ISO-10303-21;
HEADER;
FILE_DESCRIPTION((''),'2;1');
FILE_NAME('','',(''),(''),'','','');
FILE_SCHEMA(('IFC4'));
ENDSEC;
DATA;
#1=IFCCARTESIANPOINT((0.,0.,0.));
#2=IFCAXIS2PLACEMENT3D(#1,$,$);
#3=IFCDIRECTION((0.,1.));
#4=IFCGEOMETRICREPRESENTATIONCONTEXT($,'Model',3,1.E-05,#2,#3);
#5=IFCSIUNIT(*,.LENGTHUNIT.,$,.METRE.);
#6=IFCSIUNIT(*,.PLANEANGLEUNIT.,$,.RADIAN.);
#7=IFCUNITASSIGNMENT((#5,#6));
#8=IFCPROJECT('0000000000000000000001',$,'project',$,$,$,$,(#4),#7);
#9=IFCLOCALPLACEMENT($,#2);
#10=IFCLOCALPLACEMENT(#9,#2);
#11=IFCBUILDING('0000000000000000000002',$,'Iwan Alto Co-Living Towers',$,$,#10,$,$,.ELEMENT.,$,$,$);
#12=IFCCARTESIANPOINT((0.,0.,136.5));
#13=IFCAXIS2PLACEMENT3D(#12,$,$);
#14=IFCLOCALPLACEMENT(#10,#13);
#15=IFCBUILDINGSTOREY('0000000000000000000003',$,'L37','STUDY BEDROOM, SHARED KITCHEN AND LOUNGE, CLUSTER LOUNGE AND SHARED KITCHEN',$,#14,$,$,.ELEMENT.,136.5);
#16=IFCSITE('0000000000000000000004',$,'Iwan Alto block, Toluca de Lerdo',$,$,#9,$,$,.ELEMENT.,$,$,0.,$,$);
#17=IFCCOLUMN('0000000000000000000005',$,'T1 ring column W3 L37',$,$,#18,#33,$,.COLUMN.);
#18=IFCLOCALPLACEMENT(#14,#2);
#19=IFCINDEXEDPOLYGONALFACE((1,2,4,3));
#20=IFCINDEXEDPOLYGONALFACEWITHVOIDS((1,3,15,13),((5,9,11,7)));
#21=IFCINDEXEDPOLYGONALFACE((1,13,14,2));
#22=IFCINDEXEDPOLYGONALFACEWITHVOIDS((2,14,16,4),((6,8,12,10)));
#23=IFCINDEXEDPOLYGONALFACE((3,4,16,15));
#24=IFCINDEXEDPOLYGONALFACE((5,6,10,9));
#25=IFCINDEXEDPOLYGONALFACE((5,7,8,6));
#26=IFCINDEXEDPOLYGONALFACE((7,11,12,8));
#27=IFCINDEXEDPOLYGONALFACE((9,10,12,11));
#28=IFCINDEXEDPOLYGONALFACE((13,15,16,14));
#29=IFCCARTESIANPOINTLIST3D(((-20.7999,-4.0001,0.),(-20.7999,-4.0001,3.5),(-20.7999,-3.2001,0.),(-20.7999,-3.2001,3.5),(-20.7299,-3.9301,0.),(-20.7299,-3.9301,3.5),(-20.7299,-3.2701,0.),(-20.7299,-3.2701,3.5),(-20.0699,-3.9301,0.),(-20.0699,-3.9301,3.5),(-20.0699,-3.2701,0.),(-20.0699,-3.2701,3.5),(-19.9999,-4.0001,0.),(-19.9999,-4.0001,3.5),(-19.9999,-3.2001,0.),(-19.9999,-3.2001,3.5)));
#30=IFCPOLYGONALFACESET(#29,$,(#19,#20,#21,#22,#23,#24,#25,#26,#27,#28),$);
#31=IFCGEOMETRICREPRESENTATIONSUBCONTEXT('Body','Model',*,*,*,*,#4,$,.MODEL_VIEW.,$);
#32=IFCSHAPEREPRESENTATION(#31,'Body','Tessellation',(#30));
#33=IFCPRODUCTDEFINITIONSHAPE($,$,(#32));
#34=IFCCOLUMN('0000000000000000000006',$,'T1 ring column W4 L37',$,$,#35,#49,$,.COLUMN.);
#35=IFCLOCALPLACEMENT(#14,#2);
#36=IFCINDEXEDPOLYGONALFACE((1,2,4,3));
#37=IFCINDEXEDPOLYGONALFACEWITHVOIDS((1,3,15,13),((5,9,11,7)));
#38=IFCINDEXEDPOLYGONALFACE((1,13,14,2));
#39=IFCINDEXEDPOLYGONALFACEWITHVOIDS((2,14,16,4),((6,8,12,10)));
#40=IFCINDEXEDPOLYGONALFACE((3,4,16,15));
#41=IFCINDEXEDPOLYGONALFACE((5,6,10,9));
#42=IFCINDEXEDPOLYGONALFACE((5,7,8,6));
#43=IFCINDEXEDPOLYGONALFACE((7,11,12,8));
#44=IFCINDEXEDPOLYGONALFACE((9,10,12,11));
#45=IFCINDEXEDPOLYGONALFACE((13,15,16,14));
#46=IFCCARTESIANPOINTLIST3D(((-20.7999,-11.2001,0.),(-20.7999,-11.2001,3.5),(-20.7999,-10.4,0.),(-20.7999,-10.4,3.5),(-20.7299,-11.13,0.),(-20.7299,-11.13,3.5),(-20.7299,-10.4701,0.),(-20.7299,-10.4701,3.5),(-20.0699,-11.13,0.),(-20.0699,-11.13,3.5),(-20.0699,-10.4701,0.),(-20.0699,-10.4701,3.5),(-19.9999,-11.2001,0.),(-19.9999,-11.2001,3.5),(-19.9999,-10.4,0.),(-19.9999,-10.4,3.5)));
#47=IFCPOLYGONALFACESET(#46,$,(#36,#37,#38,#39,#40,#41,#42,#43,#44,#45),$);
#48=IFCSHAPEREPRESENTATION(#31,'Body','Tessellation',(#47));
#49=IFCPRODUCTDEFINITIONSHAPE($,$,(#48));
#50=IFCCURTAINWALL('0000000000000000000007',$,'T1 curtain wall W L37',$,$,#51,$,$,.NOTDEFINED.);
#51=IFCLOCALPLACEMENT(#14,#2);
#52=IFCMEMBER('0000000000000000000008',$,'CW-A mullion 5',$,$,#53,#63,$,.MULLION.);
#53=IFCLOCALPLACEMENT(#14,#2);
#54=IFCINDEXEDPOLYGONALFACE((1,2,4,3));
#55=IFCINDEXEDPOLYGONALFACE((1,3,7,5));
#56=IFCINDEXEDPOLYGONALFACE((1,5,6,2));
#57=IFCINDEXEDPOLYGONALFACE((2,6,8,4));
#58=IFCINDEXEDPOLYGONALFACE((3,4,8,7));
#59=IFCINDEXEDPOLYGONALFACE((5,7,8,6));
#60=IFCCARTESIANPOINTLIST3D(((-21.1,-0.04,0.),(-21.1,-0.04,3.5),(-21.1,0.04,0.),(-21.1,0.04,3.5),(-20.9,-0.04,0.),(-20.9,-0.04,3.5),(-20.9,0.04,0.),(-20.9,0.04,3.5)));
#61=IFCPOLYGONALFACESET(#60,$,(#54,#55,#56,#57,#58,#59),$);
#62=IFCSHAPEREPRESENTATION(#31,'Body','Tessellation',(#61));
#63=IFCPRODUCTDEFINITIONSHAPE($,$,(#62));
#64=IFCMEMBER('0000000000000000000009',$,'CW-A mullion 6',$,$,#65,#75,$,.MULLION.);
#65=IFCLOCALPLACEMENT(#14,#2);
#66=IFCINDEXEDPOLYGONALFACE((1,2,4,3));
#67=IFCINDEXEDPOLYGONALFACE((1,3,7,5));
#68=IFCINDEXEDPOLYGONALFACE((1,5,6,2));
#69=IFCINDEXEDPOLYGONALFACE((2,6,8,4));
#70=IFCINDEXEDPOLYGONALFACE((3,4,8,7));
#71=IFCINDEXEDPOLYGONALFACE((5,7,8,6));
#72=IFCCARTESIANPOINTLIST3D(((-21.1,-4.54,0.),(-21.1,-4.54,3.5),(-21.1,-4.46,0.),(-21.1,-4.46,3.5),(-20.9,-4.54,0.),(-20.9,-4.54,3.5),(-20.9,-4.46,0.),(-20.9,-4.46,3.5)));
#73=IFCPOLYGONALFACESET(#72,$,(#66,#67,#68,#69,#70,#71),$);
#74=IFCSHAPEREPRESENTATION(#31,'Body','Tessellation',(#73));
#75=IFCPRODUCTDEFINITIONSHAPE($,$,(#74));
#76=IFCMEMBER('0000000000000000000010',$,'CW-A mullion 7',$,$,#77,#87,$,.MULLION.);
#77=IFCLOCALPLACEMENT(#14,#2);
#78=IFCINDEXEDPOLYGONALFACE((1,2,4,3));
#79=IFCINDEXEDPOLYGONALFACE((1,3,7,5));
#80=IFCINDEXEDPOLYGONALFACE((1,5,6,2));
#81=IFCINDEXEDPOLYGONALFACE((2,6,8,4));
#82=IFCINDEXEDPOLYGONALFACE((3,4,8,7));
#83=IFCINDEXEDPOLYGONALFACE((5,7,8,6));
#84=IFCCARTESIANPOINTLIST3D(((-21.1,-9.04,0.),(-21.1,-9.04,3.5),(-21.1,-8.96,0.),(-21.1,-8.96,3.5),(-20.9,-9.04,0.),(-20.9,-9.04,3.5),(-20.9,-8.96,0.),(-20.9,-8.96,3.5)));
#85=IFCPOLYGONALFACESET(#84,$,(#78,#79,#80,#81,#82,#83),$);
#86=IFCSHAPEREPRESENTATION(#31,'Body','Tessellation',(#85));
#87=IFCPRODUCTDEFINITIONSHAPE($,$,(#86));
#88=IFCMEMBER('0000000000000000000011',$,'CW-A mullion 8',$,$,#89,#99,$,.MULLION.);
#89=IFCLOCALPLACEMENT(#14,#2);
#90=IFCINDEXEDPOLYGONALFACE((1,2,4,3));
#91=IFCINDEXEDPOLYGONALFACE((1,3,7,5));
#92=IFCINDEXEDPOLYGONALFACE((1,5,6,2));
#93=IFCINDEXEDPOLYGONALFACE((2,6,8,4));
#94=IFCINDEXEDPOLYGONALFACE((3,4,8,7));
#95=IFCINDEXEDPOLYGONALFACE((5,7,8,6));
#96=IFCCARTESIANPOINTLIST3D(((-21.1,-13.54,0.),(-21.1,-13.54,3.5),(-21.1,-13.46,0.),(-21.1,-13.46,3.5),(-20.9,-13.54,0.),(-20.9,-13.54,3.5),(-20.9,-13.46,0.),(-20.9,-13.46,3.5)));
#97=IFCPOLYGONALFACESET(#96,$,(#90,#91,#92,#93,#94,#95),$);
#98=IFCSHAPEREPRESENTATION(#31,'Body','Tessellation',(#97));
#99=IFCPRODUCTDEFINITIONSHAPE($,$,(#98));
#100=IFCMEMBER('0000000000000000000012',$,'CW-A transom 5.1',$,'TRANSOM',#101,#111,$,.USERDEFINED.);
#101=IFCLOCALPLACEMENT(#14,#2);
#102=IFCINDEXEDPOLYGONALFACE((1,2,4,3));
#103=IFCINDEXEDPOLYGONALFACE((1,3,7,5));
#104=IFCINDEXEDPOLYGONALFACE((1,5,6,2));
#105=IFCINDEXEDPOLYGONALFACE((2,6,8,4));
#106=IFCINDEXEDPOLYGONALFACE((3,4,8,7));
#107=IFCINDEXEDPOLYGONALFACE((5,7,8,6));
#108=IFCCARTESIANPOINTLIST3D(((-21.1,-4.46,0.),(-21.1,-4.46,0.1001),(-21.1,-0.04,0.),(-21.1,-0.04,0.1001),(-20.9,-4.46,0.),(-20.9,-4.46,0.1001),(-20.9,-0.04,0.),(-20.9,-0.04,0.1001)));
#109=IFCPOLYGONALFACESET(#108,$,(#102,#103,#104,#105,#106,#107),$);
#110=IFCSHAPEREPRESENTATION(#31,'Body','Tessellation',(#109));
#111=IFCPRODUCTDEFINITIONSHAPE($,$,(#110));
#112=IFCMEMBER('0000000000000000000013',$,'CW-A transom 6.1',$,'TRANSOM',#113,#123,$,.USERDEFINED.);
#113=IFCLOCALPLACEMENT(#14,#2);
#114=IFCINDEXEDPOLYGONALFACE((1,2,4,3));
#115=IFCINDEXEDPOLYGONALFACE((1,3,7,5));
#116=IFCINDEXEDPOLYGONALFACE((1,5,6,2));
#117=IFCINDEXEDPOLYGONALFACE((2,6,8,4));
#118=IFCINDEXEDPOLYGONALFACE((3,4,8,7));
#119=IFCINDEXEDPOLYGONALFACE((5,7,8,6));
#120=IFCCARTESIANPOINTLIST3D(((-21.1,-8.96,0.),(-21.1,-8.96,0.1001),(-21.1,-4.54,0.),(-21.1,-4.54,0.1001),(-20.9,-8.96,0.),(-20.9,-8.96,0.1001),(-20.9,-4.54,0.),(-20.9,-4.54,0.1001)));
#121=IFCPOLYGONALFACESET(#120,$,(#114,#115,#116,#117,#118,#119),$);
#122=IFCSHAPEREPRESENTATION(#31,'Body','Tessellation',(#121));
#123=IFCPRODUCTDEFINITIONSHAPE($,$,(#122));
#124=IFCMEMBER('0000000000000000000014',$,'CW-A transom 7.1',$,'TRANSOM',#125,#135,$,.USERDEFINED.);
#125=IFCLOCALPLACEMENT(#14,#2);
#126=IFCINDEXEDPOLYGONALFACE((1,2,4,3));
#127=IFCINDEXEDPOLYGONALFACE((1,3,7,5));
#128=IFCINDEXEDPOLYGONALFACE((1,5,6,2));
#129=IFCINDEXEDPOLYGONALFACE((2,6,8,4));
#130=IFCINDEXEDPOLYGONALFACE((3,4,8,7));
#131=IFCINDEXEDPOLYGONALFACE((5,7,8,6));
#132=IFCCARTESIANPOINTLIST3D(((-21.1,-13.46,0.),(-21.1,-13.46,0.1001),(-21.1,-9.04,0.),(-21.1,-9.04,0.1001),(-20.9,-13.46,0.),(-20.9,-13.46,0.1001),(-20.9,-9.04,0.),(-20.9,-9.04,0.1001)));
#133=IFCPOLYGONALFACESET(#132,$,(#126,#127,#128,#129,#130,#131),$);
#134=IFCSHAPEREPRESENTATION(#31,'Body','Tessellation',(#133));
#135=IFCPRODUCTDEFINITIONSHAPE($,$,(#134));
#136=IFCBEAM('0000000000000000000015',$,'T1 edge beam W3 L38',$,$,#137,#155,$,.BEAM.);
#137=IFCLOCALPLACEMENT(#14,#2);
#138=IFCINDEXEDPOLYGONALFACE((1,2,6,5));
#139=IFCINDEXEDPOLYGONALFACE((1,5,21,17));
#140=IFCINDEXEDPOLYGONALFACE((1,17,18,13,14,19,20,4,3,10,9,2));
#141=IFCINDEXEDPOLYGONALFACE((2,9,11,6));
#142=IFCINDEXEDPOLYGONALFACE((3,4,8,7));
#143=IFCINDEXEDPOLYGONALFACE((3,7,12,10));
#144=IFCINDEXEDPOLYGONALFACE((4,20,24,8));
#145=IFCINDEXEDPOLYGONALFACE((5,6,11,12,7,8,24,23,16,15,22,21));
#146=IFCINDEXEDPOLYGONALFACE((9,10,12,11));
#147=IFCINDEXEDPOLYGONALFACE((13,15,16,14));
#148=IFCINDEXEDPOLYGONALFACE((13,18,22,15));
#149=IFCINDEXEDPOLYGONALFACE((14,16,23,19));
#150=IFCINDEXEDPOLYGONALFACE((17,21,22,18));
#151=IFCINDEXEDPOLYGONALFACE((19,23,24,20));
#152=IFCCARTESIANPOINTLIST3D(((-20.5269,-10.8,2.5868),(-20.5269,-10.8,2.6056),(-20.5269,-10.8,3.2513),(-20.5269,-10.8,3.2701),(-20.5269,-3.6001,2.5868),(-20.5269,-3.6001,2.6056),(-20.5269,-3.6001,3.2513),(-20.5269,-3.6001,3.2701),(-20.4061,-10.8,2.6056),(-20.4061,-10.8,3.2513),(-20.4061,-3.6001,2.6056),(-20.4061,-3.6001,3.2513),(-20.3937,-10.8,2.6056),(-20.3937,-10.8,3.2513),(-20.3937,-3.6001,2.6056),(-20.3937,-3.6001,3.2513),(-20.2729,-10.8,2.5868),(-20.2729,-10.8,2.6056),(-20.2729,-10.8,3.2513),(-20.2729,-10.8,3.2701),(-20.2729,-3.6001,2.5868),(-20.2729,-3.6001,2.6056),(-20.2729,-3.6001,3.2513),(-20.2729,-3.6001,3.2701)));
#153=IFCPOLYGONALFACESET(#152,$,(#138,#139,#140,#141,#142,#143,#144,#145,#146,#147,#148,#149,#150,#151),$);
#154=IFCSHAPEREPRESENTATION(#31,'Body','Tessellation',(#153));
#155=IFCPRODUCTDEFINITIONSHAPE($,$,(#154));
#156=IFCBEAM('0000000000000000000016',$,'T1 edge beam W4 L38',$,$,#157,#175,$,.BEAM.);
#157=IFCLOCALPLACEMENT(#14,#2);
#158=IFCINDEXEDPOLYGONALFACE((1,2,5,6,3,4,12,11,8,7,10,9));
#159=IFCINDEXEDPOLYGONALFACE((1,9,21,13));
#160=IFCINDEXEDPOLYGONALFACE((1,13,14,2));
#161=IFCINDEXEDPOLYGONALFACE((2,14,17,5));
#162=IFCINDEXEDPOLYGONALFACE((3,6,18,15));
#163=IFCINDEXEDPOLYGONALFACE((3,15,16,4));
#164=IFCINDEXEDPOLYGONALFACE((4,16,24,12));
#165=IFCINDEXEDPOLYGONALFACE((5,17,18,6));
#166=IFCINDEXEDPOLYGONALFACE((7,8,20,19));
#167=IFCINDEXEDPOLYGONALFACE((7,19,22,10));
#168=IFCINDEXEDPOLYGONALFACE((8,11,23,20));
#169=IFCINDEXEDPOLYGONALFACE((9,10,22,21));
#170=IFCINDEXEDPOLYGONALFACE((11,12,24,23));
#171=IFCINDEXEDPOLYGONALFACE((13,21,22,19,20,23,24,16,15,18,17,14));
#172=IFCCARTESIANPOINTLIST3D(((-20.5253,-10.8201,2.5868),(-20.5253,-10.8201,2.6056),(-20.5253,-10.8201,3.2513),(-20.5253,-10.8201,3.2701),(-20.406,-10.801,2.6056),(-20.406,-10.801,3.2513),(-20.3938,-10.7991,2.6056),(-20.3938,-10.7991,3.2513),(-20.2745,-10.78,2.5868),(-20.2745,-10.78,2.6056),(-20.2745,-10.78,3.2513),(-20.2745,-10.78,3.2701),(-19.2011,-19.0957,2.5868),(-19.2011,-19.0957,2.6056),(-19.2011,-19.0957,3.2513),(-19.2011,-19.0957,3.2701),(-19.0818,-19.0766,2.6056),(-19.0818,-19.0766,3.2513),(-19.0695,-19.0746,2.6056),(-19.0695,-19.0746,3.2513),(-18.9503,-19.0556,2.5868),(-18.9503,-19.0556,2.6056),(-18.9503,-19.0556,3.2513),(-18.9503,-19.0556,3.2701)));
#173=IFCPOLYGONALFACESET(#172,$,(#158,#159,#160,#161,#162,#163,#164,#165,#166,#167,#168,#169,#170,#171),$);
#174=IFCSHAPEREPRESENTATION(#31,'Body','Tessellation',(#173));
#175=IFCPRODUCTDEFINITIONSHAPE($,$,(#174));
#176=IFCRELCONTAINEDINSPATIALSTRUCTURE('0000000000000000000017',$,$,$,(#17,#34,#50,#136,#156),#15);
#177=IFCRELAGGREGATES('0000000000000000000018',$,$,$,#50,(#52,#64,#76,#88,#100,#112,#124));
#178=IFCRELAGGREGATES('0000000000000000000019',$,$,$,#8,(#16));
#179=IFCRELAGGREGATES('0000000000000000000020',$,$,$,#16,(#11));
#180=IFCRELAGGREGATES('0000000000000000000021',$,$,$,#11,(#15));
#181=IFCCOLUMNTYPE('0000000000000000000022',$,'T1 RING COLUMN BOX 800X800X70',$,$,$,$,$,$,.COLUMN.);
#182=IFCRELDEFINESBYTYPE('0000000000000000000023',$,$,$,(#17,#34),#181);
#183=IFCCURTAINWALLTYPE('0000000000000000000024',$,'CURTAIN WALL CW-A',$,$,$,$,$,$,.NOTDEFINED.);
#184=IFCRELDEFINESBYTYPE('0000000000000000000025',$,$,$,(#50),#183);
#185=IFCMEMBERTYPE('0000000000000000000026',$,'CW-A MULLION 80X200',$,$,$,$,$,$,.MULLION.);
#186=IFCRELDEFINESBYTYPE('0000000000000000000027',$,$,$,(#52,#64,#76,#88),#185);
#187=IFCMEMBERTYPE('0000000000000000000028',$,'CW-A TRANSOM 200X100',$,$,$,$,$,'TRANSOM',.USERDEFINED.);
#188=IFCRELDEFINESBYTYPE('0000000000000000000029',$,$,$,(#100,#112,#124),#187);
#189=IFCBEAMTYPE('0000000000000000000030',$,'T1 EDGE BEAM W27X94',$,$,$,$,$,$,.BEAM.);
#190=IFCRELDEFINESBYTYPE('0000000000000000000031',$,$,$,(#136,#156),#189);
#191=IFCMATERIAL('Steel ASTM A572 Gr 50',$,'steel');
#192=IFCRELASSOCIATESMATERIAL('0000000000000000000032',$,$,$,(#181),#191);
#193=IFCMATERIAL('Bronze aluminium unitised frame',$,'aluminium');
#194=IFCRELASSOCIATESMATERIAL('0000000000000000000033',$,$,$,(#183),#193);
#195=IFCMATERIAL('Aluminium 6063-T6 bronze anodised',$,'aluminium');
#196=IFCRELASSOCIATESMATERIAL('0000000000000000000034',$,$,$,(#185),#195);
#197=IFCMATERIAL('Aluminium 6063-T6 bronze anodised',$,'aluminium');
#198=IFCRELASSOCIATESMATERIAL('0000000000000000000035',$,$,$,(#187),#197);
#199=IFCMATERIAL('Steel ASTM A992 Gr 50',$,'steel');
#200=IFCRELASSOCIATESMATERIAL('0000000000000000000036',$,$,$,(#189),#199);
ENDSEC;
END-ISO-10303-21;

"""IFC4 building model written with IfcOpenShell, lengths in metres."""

from ifc_helpers import new_model, si_unit, direction, frame, origin, origin_2d, place, context, subcontext, project, spatial, rectangle, hollow_rectangle, i_section, extrude, material, material_profile, profile_set, type_object, element, aggregate, save


model = new_model("IFC4")

# Units and contexts
model_context = context("Model", 3, precision=1e-05, world=origin(), true_north=direction((0.0, 1.0)))
body_context = subcontext(model_context, "Body", "Model", "MODEL_VIEW")
ifc_project = project(units=[si_unit("LENGTHUNIT", "METRE"), si_unit("PLANEANGLEUNIT", "RADIAN")], contexts=[model_context])

# Site, building, storey
site_placement = place(None, origin())
site = spatial("IfcSite", under=ifc_project, at=site_placement, Name="Iwan Alto block, Toluca de Lerdo", CompositionType="ELEMENT", RefElevation=0.0)
building_placement = place(site_placement, origin())
building = spatial("IfcBuilding", under=site, at=building_placement, Name="Iwan Alto Co-Living Towers", CompositionType="ELEMENT")
storey_placement = place(building_placement, frame((0.0, 0.0, 136.5)))
storey = spatial("IfcBuildingStorey", under=building, at=storey_placement, Name="L37", Description="STUDY BEDROOM, SHARED KITCHEN AND LOUNGE, CLUSTER LOUNGE AND SHARED KITCHEN", CompositionType="ELEMENT", Elevation=136.5)

# Columns
ifc_material_1 = material(Name="Steel ASTM A572 Gr 50", Category="steel")
ifc_material_profile_1 = material_profile(ifc_material_1, hollow_rectangle(XDim=0.8, YDim=0.8, WallThickness=0.0701, at=origin_2d()), Name="BOX 800X800X70")
ifc_profile_set_1 = profile_set([ifc_material_profile_1], Name="Steel ASTM A572 Gr 50")
column_type = type_object("IfcColumnType", Name="T1 RING COLUMN BOX 800X800X70", PredefinedType="COLUMN", material=ifc_profile_set_1)
for number, where, z_axis, x_axis, name in (
    (1, (-20.3999, -3.6001, 0.0), (0.0, 0.0, 1.0), (1.0, 0.0, 0.0), "T1 ring column W3 L37"),
    (2, (-20.3999, -10.8, 0.0), (0.0, 0.0, 1.0), (1.0, 0.0, 0.0), "T1 ring column W4 L37"),
):
    element("IfcColumn", number, at=place(storey_placement, frame(where, z_axis=z_axis, x_axis=x_axis)), inside=storey, type_object=column_type, Name=name, PredefinedType="COLUMN", context=body_context, shape_type="SweptSolid", body=[
        extrude(hollow_rectangle(XDim=0.8, YDim=0.8, WallThickness=0.0701, at=origin_2d()), origin(), (0.0, 0.0, 1.0), 3.5),
    ])

# Curtain wall, members
ifc_material_2 = material(Name="Bronze aluminium unitised frame", Category="aluminium")
curtain_wall_type = type_object("IfcCurtainWallType", Name="CURTAIN WALL CW-A", PredefinedType="NOTDEFINED", material=ifc_material_2)
curtain_wall_placement = place(storey_placement, origin())
curtain_wall = element("IfcCurtainWall", 3, at=curtain_wall_placement, inside=storey, type_object=curtain_wall_type, Name="T1 curtain wall W L37", PredefinedType="NOTDEFINED")
ifc_material_3 = material(Name="Aluminium 6063-T6 bronze anodised", Category="aluminium")
ifc_material_profile_2 = material_profile(ifc_material_3, rectangle(XDim=0.2, YDim=0.0801, at=origin_2d()), Name="AL 80X200")
ifc_profile_set_2 = profile_set([ifc_material_profile_2], Name="Aluminium 6063-T6 bronze anodised")
member_type_1 = type_object("IfcMemberType", Name="CW-A MULLION 80X200", PredefinedType="MULLION", material=ifc_profile_set_2)
member_1_placement = place(storey_placement, frame((-21.0, 0.0, 0.0), z_axis=(0.0, 0.0, 1.0), x_axis=(1.0, 0.0, 0.0)))
member_1 = element("IfcMember", 4, at=member_1_placement, type_object=member_type_1, Name="CW-A mullion 5", PredefinedType="MULLION", context=body_context, shape_type="SweptSolid", body=[
    extrude(rectangle(XDim=0.2, YDim=0.0801, at=origin_2d()), origin(), (0.0, 0.0, 1.0), 3.5),
])
member_2_placement = place(storey_placement, frame((-21.0, -4.5, 0.0), z_axis=(0.0, 0.0, 1.0), x_axis=(1.0, 0.0, 0.0)))
member_2 = element("IfcMember", 5, at=member_2_placement, type_object=member_type_1, Name="CW-A mullion 6", PredefinedType="MULLION", context=body_context, shape_type="SweptSolid", body=[
    extrude(rectangle(XDim=0.2, YDim=0.0801, at=origin_2d()), origin(), (0.0, 0.0, 1.0), 3.5),
])
member_3_placement = place(storey_placement, frame((-21.0, -9.0, 0.0), z_axis=(0.0, 0.0, 1.0), x_axis=(1.0, 0.0, 0.0)))
member_3 = element("IfcMember", 6, at=member_3_placement, type_object=member_type_1, Name="CW-A mullion 7", PredefinedType="MULLION", context=body_context, shape_type="SweptSolid", body=[
    extrude(rectangle(XDim=0.2, YDim=0.0801, at=origin_2d()), origin(), (0.0, 0.0, 1.0), 3.5),
])
member_4_placement = place(storey_placement, frame((-21.0, -13.5, 0.0), z_axis=(0.0, 0.0, 1.0), x_axis=(1.0, 0.0, 0.0)))
member_4 = element("IfcMember", 7, at=member_4_placement, type_object=member_type_1, Name="CW-A mullion 8", PredefinedType="MULLION", context=body_context, shape_type="SweptSolid", body=[
    extrude(rectangle(XDim=0.2, YDim=0.0801, at=origin_2d()), origin(), (0.0, 0.0, 1.0), 3.5),
])
ifc_material_4 = material(Name="Aluminium 6063-T6 bronze anodised", Category="aluminium")
ifc_material_profile_3 = material_profile(ifc_material_4, rectangle(XDim=0.2, YDim=0.1001, at=origin_2d()), Name="AL 200X100")
ifc_profile_set_3 = profile_set([ifc_material_profile_3], Name="Aluminium 6063-T6 bronze anodised")
member_type_2 = type_object("IfcMemberType", Name="CW-A TRANSOM 200X100", ElementType="TRANSOM", PredefinedType="USERDEFINED", material=ifc_profile_set_3)
member_5_placement = place(storey_placement, frame((-21.0, -0.04, 0.05), z_axis=(0.0, -1.0, 0.0), x_axis=(1.0, 0.0, 0.0)))
member_5 = element("IfcMember", 8, at=member_5_placement, type_object=member_type_2, Name="CW-A transom 5.1", ObjectType="TRANSOM", PredefinedType="USERDEFINED", context=body_context, shape_type="SweptSolid", body=[
    extrude(rectangle(XDim=0.2, YDim=0.1001, at=origin_2d()), origin(), (0.0, 0.0, 1.0), 4.4199),
])
member_6_placement = place(storey_placement, frame((-21.0, -4.54, 0.05), z_axis=(0.0, -1.0, 0.0), x_axis=(1.0, 0.0, 0.0)))
member_6 = element("IfcMember", 9, at=member_6_placement, type_object=member_type_2, Name="CW-A transom 6.1", ObjectType="TRANSOM", PredefinedType="USERDEFINED", context=body_context, shape_type="SweptSolid", body=[
    extrude(rectangle(XDim=0.2, YDim=0.1001, at=origin_2d()), origin(), (0.0, 0.0, 1.0), 4.4199),
])
member_7_placement = place(storey_placement, frame((-21.0, -9.04, 0.05), z_axis=(0.0, -1.0, 0.0), x_axis=(1.0, 0.0, 0.0)))
member_7 = element("IfcMember", 10, at=member_7_placement, type_object=member_type_2, Name="CW-A transom 7.1", ObjectType="TRANSOM", PredefinedType="USERDEFINED", context=body_context, shape_type="SweptSolid", body=[
    extrude(rectangle(XDim=0.2, YDim=0.1001, at=origin_2d()), origin(), (0.0, 0.0, 1.0), 4.4199),
])

# Beams
ifc_material_5 = material(Name="Steel ASTM A992 Gr 50", Category="steel")
ifc_material_profile_4 = material_profile(ifc_material_5, i_section(OverallWidth=0.2539, OverallDepth=0.6833, WebThickness=0.0125, FlangeThickness=0.0188, at=origin_2d()), Name="W27X94")
ifc_profile_set_4 = profile_set([ifc_material_profile_4], Name="Steel ASTM A992 Gr 50")
beam_type_1 = type_object("IfcBeamType", Name="T1 EDGE BEAM W27X94", PredefinedType="BEAM", material=ifc_profile_set_4)
beam_1_placement = place(storey_placement, frame((-20.3999, -3.6001, 2.9285), z_axis=(0.0, -1.0, 0.0), x_axis=(1.0, 0.0, 0.0)))
element("IfcBeam", 11, at=beam_1_placement, inside=storey, type_object=beam_type_1, Name="T1 edge beam W3 L38", PredefinedType="BEAM", context=body_context, shape_type="SweptSolid", body=[
    extrude(i_section(OverallWidth=0.2539, OverallDepth=0.6833, WebThickness=0.0125, FlangeThickness=0.0188, at=origin_2d()), origin(), (0.0, 0.0, 1.0), 7.2),
])
beam_2_placement = place(storey_placement, frame((-20.3999, -10.8, 2.9285), z_axis=(0.158004, -0.987438, 0.0), x_axis=(0.987438, 0.158004, 0.0)))
element("IfcBeam", 12, at=beam_2_placement, inside=storey, type_object=beam_type_1, Name="T1 edge beam W4 L38", PredefinedType="BEAM", context=body_context, shape_type="SweptSolid", body=[
    extrude(i_section(OverallWidth=0.2539, OverallDepth=0.6833, WebThickness=0.0125, FlangeThickness=0.0188, at=origin_2d()), origin(), (0.0, 0.0, 1.0), 8.3809),
])

aggregate(curtain_wall, [member_1, member_2, member_3, member_4, member_5, member_6, member_7])

save(model, "model.ifc")
